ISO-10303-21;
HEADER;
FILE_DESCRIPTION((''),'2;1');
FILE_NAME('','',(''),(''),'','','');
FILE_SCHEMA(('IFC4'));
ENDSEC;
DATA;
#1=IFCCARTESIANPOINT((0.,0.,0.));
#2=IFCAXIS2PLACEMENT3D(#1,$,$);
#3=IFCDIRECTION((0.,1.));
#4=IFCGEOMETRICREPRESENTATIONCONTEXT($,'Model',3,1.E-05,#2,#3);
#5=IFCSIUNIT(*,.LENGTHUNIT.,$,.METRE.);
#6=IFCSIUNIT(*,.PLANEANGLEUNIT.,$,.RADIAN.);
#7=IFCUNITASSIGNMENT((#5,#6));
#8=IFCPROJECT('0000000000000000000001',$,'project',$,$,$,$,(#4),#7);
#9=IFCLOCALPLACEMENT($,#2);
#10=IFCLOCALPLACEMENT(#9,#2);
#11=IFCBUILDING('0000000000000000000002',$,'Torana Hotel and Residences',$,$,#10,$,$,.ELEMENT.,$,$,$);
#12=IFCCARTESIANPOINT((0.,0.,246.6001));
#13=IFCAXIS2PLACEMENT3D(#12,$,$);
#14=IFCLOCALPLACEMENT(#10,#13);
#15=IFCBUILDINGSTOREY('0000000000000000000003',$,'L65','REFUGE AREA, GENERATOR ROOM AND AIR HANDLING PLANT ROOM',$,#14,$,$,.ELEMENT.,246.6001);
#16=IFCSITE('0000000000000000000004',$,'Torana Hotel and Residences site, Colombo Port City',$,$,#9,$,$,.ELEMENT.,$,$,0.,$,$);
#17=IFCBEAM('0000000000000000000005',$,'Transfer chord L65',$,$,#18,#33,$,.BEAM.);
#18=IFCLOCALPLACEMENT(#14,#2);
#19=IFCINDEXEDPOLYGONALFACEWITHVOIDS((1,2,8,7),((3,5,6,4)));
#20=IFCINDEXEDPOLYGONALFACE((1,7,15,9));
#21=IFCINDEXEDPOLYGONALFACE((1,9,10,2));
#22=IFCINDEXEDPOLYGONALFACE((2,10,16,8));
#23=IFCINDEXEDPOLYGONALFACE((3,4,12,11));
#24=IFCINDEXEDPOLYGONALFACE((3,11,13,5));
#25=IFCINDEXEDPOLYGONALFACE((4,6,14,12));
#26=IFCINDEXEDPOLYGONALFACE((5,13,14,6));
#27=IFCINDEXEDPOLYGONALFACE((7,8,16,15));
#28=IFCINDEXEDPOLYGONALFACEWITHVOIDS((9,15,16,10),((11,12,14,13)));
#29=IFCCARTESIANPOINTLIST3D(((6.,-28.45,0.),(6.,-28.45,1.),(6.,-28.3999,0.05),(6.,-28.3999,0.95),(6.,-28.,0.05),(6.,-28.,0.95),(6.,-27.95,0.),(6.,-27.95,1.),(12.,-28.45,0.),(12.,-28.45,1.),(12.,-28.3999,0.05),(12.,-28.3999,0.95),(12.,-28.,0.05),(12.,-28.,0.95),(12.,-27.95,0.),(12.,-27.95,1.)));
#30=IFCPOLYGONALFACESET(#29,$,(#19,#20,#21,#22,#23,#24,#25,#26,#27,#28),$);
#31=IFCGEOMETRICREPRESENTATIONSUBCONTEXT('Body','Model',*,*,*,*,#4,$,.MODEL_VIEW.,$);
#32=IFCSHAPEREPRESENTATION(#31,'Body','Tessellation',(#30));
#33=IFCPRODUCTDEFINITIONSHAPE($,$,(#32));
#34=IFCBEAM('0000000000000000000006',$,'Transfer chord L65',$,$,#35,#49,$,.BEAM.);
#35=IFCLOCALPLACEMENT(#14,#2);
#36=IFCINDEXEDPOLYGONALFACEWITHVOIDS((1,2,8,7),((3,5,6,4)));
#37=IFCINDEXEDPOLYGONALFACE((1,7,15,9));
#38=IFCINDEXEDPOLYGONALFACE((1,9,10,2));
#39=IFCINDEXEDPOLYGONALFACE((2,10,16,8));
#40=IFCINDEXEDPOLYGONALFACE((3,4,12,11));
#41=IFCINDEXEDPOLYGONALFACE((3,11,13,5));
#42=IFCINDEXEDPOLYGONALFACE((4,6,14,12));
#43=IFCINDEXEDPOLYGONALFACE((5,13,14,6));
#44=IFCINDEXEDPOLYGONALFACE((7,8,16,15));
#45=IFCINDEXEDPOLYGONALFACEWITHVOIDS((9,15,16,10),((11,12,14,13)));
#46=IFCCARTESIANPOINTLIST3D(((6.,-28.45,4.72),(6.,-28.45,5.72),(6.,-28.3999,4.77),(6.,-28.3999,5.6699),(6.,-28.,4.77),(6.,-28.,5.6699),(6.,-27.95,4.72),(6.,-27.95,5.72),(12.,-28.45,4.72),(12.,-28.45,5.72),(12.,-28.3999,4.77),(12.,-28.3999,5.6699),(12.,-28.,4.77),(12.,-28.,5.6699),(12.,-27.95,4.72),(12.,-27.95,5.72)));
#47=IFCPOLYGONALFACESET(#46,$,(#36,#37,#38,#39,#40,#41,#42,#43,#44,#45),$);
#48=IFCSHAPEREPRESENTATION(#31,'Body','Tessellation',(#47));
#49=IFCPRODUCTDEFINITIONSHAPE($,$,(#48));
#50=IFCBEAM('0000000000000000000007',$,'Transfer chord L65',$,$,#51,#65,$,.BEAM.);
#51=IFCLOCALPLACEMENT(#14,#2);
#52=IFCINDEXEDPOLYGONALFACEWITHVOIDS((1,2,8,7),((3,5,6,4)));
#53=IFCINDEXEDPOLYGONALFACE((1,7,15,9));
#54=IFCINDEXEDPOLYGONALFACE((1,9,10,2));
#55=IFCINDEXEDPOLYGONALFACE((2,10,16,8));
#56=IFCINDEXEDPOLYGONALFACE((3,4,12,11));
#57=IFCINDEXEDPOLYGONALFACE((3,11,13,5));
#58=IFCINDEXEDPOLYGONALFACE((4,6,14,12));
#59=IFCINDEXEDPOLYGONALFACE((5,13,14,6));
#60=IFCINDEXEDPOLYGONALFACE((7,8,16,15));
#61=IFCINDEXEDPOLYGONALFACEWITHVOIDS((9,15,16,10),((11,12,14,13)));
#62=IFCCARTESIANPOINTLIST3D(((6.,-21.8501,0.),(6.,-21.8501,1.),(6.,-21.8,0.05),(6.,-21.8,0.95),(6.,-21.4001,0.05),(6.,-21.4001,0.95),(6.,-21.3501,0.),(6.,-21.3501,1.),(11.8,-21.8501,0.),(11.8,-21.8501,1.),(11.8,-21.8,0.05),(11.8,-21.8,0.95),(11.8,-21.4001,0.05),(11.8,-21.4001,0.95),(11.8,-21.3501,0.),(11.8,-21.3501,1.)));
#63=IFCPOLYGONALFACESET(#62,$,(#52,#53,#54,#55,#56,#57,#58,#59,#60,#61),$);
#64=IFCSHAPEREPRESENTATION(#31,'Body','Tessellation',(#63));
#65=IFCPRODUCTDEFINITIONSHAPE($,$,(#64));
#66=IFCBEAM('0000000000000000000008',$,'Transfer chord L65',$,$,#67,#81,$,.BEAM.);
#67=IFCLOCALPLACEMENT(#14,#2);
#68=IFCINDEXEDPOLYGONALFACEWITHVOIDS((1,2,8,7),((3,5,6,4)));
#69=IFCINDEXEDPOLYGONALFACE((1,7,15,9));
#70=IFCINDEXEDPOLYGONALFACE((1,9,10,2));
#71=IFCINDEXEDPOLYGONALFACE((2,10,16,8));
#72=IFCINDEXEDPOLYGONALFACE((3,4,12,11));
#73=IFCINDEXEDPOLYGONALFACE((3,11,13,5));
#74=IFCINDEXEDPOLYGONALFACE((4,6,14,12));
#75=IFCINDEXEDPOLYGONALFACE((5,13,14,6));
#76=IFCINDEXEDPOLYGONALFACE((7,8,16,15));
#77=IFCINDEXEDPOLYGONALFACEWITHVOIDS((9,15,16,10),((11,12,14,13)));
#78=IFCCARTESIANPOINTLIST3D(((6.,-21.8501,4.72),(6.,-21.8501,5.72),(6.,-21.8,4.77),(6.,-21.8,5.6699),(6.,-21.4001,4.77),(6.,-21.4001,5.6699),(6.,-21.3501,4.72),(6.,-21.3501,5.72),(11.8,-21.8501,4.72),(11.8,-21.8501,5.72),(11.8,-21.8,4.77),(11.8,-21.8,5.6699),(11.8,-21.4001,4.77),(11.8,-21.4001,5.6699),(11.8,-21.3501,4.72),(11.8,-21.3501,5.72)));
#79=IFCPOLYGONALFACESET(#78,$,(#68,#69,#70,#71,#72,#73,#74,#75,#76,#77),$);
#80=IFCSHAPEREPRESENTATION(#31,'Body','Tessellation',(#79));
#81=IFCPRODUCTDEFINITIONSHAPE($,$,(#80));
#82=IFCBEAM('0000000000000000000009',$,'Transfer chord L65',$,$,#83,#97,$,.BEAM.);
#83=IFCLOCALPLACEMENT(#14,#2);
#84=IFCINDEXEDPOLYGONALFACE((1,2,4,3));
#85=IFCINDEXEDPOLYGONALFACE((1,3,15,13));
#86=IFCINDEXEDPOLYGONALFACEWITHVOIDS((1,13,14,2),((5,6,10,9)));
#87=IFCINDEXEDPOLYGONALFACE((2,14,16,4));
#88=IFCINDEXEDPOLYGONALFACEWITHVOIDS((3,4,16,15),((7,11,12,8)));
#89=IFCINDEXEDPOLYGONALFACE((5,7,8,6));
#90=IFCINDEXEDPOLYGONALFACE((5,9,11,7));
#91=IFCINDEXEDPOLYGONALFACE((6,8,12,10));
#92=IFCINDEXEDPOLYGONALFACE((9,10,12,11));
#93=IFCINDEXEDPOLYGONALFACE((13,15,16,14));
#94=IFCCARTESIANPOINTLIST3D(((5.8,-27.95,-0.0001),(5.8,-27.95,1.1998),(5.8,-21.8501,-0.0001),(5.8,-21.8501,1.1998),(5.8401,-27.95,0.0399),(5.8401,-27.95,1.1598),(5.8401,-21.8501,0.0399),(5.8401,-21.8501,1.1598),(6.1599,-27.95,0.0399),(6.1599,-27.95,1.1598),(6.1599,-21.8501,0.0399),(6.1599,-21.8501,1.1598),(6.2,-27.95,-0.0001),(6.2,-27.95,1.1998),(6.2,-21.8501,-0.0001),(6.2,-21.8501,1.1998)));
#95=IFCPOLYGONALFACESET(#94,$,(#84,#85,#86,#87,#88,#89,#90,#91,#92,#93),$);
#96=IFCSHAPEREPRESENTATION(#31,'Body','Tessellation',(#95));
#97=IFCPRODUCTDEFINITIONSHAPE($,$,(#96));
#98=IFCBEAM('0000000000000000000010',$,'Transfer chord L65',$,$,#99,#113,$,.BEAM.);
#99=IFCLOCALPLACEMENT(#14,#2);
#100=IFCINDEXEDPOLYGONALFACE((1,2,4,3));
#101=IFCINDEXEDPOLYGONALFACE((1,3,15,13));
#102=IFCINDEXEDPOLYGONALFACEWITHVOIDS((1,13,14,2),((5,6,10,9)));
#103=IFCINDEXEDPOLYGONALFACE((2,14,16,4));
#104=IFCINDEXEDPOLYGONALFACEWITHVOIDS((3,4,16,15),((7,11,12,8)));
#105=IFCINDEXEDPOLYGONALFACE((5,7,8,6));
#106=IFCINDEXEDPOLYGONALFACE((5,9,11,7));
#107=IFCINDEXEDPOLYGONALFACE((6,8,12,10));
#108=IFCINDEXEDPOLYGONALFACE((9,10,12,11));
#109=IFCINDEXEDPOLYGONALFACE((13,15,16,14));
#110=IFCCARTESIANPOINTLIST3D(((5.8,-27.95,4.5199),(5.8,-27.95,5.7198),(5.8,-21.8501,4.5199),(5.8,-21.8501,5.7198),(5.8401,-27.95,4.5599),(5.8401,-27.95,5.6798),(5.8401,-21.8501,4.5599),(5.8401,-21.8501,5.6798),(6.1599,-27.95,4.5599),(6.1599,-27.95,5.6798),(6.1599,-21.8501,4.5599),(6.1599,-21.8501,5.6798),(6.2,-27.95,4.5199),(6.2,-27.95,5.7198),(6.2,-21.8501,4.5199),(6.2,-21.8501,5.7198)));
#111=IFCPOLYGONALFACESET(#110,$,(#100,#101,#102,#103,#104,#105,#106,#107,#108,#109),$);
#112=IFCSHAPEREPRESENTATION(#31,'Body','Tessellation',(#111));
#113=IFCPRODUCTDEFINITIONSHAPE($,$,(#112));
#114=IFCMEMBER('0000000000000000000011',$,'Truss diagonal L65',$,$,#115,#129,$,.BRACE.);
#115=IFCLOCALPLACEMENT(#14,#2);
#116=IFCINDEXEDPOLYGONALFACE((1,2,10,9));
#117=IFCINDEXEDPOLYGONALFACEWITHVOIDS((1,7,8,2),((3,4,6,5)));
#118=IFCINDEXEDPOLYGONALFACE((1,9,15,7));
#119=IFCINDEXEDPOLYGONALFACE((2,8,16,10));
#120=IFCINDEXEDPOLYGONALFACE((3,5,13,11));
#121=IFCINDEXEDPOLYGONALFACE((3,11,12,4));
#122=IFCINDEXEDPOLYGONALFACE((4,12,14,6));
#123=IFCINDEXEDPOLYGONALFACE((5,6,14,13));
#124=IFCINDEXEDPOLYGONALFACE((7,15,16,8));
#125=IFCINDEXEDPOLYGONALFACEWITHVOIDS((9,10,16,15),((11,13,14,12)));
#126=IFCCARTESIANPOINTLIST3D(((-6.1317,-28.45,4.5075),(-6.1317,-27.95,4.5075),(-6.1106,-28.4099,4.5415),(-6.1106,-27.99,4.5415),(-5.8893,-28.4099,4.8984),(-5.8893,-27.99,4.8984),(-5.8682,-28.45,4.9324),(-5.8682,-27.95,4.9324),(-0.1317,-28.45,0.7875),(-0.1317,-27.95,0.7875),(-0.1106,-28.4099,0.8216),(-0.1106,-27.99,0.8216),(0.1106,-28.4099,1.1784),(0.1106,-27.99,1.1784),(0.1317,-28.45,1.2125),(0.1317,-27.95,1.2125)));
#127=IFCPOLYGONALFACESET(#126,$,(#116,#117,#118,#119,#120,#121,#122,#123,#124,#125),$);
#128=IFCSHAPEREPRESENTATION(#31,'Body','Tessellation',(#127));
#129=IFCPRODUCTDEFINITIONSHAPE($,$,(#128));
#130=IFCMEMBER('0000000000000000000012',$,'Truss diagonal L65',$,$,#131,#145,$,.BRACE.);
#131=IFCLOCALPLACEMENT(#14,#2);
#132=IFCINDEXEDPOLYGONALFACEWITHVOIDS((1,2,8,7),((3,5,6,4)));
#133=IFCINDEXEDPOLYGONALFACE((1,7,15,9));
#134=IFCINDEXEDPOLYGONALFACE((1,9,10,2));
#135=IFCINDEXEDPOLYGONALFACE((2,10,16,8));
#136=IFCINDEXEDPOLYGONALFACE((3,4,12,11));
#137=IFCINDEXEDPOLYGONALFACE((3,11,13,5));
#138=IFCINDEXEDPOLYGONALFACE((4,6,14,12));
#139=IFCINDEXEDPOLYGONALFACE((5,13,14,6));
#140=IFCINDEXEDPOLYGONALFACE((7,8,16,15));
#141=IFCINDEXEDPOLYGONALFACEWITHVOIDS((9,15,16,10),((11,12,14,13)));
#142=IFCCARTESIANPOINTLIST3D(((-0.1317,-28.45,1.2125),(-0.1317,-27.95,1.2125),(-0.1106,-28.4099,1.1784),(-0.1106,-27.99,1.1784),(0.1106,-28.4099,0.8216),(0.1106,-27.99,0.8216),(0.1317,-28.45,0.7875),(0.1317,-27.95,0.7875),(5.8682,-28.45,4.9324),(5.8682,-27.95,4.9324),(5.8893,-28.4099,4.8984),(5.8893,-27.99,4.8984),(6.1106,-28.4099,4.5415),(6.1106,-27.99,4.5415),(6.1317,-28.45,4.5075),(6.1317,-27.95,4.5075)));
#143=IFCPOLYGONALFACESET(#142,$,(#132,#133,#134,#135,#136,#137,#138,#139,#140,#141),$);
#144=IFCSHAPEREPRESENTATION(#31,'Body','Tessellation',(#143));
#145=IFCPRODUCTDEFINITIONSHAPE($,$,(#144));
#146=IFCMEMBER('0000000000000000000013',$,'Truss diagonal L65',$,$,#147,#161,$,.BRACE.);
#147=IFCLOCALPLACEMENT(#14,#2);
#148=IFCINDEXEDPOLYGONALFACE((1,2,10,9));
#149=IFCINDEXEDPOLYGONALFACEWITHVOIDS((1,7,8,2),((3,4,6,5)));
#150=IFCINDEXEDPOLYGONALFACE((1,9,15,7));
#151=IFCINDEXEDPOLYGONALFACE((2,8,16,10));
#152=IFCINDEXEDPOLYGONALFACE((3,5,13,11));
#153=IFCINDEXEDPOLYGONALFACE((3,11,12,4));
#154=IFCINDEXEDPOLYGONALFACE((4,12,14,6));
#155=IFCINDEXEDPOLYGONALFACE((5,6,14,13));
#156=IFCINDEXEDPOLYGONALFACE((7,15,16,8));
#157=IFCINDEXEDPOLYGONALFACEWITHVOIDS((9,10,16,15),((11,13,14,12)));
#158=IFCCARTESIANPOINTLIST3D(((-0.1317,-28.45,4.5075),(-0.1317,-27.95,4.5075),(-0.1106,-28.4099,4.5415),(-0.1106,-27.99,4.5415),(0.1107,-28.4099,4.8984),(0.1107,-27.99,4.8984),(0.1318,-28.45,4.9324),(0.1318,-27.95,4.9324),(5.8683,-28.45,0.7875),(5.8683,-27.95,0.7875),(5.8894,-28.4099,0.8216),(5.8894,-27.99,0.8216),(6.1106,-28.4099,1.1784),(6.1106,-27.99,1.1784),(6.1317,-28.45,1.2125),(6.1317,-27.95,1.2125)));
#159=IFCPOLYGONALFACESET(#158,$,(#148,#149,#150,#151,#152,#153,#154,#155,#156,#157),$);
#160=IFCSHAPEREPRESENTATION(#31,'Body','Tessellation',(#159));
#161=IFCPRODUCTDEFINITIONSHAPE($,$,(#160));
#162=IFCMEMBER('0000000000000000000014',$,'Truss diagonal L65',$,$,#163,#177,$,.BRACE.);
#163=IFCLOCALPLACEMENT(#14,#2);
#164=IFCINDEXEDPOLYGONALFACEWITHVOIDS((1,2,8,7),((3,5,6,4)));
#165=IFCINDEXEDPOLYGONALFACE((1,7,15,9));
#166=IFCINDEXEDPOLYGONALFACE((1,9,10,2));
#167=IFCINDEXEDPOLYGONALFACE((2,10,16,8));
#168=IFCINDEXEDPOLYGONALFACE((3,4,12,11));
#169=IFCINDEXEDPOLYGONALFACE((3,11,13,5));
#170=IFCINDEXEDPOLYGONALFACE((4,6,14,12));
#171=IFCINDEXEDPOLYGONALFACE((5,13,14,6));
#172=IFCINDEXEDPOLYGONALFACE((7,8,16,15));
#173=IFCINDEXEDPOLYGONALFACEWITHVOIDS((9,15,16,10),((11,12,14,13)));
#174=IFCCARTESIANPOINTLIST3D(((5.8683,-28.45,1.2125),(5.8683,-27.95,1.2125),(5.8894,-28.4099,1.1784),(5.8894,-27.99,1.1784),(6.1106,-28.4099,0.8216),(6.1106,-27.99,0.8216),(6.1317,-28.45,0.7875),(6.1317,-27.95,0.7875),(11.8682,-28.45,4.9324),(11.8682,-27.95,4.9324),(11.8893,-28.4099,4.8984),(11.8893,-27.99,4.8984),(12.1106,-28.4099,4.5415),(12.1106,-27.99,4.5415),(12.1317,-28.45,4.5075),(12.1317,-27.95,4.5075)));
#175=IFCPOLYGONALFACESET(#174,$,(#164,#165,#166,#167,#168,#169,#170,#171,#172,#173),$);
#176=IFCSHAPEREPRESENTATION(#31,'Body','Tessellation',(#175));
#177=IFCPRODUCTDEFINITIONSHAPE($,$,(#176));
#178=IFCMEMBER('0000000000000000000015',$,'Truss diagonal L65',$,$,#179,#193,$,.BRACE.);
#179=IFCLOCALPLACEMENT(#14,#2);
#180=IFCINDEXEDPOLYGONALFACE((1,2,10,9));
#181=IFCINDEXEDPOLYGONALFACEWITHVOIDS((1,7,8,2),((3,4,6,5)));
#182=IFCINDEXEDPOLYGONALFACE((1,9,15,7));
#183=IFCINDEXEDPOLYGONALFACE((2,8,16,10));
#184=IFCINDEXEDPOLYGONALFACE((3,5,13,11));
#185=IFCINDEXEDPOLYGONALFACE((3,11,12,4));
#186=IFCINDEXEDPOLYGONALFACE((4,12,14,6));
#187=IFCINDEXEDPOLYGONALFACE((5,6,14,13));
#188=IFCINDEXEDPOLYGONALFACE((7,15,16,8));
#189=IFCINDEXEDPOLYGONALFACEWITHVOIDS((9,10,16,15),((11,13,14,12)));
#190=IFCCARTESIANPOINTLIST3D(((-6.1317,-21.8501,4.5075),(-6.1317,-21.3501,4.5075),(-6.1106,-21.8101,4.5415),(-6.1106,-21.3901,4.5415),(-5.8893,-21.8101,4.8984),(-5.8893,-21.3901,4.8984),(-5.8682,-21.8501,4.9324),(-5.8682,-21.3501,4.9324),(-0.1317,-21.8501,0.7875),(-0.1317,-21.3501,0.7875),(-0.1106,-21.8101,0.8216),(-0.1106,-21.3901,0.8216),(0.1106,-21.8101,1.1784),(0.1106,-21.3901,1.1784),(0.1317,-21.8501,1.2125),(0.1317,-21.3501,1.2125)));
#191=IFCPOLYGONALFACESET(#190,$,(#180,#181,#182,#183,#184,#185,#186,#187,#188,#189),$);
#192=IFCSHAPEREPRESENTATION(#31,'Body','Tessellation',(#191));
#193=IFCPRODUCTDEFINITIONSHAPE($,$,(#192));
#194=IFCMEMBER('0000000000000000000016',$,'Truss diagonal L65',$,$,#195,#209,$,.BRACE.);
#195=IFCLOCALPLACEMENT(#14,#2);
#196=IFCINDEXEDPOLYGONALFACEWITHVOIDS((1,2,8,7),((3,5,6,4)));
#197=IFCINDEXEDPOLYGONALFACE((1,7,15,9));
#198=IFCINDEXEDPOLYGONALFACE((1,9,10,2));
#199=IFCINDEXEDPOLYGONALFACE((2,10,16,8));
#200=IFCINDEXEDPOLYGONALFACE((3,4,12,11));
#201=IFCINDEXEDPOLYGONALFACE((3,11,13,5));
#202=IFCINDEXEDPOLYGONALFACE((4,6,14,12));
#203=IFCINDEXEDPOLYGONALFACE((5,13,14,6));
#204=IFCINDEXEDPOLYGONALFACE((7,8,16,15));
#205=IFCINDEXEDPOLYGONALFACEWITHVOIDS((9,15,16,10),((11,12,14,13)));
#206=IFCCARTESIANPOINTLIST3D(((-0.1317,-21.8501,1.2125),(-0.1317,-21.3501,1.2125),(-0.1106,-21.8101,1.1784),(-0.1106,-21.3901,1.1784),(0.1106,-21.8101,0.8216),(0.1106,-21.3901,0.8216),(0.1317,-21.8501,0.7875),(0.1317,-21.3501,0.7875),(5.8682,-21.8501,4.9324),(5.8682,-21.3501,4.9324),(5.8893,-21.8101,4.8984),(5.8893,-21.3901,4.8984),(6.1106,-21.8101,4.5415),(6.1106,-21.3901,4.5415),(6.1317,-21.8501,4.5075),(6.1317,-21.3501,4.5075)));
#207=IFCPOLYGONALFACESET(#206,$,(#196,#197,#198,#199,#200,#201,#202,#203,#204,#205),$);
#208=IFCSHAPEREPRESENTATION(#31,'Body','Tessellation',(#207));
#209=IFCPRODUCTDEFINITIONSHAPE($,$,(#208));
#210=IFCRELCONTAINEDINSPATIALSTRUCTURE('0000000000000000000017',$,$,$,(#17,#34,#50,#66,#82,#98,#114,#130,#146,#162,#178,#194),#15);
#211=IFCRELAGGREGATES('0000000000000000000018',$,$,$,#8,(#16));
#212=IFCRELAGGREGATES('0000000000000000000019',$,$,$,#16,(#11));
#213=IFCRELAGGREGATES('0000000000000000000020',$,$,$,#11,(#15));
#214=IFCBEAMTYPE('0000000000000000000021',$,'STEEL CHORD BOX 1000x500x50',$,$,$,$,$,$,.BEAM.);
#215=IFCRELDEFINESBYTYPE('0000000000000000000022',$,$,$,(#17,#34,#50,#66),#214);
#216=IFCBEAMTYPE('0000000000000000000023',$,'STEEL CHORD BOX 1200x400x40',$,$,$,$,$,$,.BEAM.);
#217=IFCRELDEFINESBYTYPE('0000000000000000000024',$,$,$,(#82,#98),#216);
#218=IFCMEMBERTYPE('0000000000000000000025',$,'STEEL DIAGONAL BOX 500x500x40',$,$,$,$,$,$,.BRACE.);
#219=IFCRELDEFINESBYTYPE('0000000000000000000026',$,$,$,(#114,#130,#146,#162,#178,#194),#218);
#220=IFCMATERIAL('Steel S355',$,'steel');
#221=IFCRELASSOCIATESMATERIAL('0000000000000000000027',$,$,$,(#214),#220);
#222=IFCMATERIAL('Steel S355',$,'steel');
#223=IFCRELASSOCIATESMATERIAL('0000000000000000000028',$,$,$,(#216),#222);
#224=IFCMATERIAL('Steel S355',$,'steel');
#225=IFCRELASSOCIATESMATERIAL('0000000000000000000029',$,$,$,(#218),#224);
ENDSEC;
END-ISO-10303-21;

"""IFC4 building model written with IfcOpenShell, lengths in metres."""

from ifc_helpers import new_model, si_unit, direction, frame, origin, origin_2d, place, context, subcontext, project, spatial, hollow_rectangle, extrude, material, material_profile, profile_set, type_object, element, save


model = new_model("IFC4")

# Units and contexts
model_context = context("Model", 3, precision=1e-05, world=origin(), true_north=direction((0.0, 1.0)))
body_context = subcontext(model_context, "Body", "Model", "MODEL_VIEW")
ifc_project = project(units=[si_unit("LENGTHUNIT", "METRE"), si_unit("PLANEANGLEUNIT", "RADIAN")], contexts=[model_context])

# Site, building, storey
site_placement = place(None, origin())
site = spatial("IfcSite", under=ifc_project, at=site_placement, Name="Torana Hotel and Residences site, Colombo Port City", CompositionType="ELEMENT", RefElevation=0.0)
building_placement = place(site_placement, origin())
building = spatial("IfcBuilding", under=site, at=building_placement, Name="Torana Hotel and Residences", CompositionType="ELEMENT")
storey_placement = place(building_placement, frame((0.0, 0.0, 246.6001)))
storey = spatial("IfcBuildingStorey", under=building, at=storey_placement, Name="L65", Description="REFUGE AREA, GENERATOR ROOM AND AIR HANDLING PLANT ROOM", CompositionType="ELEMENT", Elevation=246.6001)

# Beams
ifc_material_1 = material(Name="Steel S355", Category="steel")
ifc_material_profile_1 = material_profile(ifc_material_1, hollow_rectangle(XDim=0.5, YDim=1.0, WallThickness=0.05, at=origin_2d()), Name="BOX 1000x500x50")
ifc_profile_set_1 = profile_set([ifc_material_profile_1], Name="Steel S355")
beam_type_1 = type_object("IfcBeamType", Name="STEEL CHORD BOX 1000x500x50", PredefinedType="BEAM", material=ifc_profile_set_1)
for number, where, z_axis, x_axis, name in (
    (1, (6.0, -28.2, 0.5), (1.0, 0.0, 0.0), (0.0, 1.0, 0.0), "Transfer chord L65"),
    (2, (6.0, -28.2, 5.22), (1.0, 0.0, 0.0), (0.0, 1.0, 0.0), "Transfer chord L65"),
):
    element("IfcBeam", number, at=place(storey_placement, frame(where, z_axis=z_axis, x_axis=x_axis)), inside=storey, type_object=beam_type_1, Name=name, PredefinedType="BEAM", context=body_context, shape_type="SweptSolid", body=[
        extrude(hollow_rectangle(XDim=0.5, YDim=1.0, WallThickness=0.05, at=origin_2d()), origin(), (0.0, 0.0, 1.0), 6.0),
    ])
for number, where, z_axis, x_axis, name in (
    (3, (6.0, -21.6001, 0.5), (1.0, 0.0, 0.0), (0.0, 1.0, 0.0), "Transfer chord L65"),
    (4, (6.0, -21.6001, 5.22), (1.0, 0.0, 0.0), (0.0, 1.0, 0.0), "Transfer chord L65"),
):
    element("IfcBeam", number, at=place(storey_placement, frame(where, z_axis=z_axis, x_axis=x_axis)), inside=storey, type_object=beam_type_1, Name=name, PredefinedType="BEAM", context=body_context, shape_type="SweptSolid", body=[
        extrude(hollow_rectangle(XDim=0.5, YDim=1.0, WallThickness=0.05, at=origin_2d()), origin(), (0.0, 0.0, 1.0), 5.8),
    ])
ifc_material_2 = material(Name="Steel S355", Category="steel")
ifc_material_profile_2 = material_profile(ifc_material_2, hollow_rectangle(XDim=0.3999, YDim=1.2, WallThickness=0.04, at=origin_2d()), Name="BOX 1200x400x40")
ifc_profile_set_2 = profile_set([ifc_material_profile_2], Name="Steel S355")
beam_type_2 = type_object("IfcBeamType", Name="STEEL CHORD BOX 1200x400x40", PredefinedType="BEAM", material=ifc_profile_set_2)
for number, where, z_axis, x_axis, name in (
    (5, (6.0, -27.95, 0.5999), (0.0, 1.0, 0.0), (-1.0, 0.0, 0.0), "Transfer chord L65"),
    (6, (6.0, -27.95, 5.1199), (0.0, 1.0, 0.0), (-1.0, 0.0, 0.0), "Transfer chord L65"),
):
    element("IfcBeam", number, at=place(storey_placement, frame(where, z_axis=z_axis, x_axis=x_axis)), inside=storey, type_object=beam_type_2, Name=name, PredefinedType="BEAM", context=body_context, shape_type="SweptSolid", body=[
        extrude(hollow_rectangle(XDim=0.3999, YDim=1.2, WallThickness=0.04, at=origin_2d()), origin(), (0.0, 0.0, 1.0), 6.0999),
    ])

# Members
ifc_material_3 = material(Name="Steel S355", Category="steel")
ifc_material_profile_3 = material_profile(ifc_material_3, hollow_rectangle(XDim=0.5, YDim=0.5, WallThickness=0.04, at=origin_2d()), Name="BOX 500x500x40")
ifc_profile_set_3 = profile_set([ifc_material_profile_3], Name="Steel S355")
member_type_1 = type_object("IfcMemberType", Name="STEEL DIAGONAL BOX 500x500x40", PredefinedType="BRACE", material=ifc_profile_set_3)
for number, where, z_axis, x_axis, name in (
    (7, (0.0, -28.2, 1.0), (-0.849905, 0.0, 0.526937), (0.0, -1.0, 0.0), "Truss diagonal L65"),
    (8, (0.0, -28.2, 1.0), (0.849905, 0.0, 0.526937), (0.0, 1.0, 0.0), "Truss diagonal L65"),
    (9, (6.0, -28.2, 1.0), (-0.849905, 0.0, 0.526937), (0.0, -1.0, 0.0), "Truss diagonal L65"),
    (10, (6.0, -28.2, 1.0), (0.849905, 0.0, 0.526937), (0.0, 1.0, 0.0), "Truss diagonal L65"),
    (11, (0.0, -21.6001, 1.0), (-0.849905, 0.0, 0.526937), (0.0, -1.0, 0.0), "Truss diagonal L65"),
    (12, (0.0, -21.6001, 1.0), (0.849905, 0.0, 0.526937), (0.0, 1.0, 0.0), "Truss diagonal L65"),
):
    element("IfcMember", number, at=place(storey_placement, frame(where, z_axis=z_axis, x_axis=x_axis)), inside=storey, type_object=member_type_1, Name=name, PredefinedType="BRACE", context=body_context, shape_type="SweptSolid", body=[
        extrude(hollow_rectangle(XDim=0.5, YDim=0.5, WallThickness=0.04, at=origin_2d()), origin(), (0.0, 0.0, 1.0), 7.0596),
    ])

save(model, "model.ifc")
